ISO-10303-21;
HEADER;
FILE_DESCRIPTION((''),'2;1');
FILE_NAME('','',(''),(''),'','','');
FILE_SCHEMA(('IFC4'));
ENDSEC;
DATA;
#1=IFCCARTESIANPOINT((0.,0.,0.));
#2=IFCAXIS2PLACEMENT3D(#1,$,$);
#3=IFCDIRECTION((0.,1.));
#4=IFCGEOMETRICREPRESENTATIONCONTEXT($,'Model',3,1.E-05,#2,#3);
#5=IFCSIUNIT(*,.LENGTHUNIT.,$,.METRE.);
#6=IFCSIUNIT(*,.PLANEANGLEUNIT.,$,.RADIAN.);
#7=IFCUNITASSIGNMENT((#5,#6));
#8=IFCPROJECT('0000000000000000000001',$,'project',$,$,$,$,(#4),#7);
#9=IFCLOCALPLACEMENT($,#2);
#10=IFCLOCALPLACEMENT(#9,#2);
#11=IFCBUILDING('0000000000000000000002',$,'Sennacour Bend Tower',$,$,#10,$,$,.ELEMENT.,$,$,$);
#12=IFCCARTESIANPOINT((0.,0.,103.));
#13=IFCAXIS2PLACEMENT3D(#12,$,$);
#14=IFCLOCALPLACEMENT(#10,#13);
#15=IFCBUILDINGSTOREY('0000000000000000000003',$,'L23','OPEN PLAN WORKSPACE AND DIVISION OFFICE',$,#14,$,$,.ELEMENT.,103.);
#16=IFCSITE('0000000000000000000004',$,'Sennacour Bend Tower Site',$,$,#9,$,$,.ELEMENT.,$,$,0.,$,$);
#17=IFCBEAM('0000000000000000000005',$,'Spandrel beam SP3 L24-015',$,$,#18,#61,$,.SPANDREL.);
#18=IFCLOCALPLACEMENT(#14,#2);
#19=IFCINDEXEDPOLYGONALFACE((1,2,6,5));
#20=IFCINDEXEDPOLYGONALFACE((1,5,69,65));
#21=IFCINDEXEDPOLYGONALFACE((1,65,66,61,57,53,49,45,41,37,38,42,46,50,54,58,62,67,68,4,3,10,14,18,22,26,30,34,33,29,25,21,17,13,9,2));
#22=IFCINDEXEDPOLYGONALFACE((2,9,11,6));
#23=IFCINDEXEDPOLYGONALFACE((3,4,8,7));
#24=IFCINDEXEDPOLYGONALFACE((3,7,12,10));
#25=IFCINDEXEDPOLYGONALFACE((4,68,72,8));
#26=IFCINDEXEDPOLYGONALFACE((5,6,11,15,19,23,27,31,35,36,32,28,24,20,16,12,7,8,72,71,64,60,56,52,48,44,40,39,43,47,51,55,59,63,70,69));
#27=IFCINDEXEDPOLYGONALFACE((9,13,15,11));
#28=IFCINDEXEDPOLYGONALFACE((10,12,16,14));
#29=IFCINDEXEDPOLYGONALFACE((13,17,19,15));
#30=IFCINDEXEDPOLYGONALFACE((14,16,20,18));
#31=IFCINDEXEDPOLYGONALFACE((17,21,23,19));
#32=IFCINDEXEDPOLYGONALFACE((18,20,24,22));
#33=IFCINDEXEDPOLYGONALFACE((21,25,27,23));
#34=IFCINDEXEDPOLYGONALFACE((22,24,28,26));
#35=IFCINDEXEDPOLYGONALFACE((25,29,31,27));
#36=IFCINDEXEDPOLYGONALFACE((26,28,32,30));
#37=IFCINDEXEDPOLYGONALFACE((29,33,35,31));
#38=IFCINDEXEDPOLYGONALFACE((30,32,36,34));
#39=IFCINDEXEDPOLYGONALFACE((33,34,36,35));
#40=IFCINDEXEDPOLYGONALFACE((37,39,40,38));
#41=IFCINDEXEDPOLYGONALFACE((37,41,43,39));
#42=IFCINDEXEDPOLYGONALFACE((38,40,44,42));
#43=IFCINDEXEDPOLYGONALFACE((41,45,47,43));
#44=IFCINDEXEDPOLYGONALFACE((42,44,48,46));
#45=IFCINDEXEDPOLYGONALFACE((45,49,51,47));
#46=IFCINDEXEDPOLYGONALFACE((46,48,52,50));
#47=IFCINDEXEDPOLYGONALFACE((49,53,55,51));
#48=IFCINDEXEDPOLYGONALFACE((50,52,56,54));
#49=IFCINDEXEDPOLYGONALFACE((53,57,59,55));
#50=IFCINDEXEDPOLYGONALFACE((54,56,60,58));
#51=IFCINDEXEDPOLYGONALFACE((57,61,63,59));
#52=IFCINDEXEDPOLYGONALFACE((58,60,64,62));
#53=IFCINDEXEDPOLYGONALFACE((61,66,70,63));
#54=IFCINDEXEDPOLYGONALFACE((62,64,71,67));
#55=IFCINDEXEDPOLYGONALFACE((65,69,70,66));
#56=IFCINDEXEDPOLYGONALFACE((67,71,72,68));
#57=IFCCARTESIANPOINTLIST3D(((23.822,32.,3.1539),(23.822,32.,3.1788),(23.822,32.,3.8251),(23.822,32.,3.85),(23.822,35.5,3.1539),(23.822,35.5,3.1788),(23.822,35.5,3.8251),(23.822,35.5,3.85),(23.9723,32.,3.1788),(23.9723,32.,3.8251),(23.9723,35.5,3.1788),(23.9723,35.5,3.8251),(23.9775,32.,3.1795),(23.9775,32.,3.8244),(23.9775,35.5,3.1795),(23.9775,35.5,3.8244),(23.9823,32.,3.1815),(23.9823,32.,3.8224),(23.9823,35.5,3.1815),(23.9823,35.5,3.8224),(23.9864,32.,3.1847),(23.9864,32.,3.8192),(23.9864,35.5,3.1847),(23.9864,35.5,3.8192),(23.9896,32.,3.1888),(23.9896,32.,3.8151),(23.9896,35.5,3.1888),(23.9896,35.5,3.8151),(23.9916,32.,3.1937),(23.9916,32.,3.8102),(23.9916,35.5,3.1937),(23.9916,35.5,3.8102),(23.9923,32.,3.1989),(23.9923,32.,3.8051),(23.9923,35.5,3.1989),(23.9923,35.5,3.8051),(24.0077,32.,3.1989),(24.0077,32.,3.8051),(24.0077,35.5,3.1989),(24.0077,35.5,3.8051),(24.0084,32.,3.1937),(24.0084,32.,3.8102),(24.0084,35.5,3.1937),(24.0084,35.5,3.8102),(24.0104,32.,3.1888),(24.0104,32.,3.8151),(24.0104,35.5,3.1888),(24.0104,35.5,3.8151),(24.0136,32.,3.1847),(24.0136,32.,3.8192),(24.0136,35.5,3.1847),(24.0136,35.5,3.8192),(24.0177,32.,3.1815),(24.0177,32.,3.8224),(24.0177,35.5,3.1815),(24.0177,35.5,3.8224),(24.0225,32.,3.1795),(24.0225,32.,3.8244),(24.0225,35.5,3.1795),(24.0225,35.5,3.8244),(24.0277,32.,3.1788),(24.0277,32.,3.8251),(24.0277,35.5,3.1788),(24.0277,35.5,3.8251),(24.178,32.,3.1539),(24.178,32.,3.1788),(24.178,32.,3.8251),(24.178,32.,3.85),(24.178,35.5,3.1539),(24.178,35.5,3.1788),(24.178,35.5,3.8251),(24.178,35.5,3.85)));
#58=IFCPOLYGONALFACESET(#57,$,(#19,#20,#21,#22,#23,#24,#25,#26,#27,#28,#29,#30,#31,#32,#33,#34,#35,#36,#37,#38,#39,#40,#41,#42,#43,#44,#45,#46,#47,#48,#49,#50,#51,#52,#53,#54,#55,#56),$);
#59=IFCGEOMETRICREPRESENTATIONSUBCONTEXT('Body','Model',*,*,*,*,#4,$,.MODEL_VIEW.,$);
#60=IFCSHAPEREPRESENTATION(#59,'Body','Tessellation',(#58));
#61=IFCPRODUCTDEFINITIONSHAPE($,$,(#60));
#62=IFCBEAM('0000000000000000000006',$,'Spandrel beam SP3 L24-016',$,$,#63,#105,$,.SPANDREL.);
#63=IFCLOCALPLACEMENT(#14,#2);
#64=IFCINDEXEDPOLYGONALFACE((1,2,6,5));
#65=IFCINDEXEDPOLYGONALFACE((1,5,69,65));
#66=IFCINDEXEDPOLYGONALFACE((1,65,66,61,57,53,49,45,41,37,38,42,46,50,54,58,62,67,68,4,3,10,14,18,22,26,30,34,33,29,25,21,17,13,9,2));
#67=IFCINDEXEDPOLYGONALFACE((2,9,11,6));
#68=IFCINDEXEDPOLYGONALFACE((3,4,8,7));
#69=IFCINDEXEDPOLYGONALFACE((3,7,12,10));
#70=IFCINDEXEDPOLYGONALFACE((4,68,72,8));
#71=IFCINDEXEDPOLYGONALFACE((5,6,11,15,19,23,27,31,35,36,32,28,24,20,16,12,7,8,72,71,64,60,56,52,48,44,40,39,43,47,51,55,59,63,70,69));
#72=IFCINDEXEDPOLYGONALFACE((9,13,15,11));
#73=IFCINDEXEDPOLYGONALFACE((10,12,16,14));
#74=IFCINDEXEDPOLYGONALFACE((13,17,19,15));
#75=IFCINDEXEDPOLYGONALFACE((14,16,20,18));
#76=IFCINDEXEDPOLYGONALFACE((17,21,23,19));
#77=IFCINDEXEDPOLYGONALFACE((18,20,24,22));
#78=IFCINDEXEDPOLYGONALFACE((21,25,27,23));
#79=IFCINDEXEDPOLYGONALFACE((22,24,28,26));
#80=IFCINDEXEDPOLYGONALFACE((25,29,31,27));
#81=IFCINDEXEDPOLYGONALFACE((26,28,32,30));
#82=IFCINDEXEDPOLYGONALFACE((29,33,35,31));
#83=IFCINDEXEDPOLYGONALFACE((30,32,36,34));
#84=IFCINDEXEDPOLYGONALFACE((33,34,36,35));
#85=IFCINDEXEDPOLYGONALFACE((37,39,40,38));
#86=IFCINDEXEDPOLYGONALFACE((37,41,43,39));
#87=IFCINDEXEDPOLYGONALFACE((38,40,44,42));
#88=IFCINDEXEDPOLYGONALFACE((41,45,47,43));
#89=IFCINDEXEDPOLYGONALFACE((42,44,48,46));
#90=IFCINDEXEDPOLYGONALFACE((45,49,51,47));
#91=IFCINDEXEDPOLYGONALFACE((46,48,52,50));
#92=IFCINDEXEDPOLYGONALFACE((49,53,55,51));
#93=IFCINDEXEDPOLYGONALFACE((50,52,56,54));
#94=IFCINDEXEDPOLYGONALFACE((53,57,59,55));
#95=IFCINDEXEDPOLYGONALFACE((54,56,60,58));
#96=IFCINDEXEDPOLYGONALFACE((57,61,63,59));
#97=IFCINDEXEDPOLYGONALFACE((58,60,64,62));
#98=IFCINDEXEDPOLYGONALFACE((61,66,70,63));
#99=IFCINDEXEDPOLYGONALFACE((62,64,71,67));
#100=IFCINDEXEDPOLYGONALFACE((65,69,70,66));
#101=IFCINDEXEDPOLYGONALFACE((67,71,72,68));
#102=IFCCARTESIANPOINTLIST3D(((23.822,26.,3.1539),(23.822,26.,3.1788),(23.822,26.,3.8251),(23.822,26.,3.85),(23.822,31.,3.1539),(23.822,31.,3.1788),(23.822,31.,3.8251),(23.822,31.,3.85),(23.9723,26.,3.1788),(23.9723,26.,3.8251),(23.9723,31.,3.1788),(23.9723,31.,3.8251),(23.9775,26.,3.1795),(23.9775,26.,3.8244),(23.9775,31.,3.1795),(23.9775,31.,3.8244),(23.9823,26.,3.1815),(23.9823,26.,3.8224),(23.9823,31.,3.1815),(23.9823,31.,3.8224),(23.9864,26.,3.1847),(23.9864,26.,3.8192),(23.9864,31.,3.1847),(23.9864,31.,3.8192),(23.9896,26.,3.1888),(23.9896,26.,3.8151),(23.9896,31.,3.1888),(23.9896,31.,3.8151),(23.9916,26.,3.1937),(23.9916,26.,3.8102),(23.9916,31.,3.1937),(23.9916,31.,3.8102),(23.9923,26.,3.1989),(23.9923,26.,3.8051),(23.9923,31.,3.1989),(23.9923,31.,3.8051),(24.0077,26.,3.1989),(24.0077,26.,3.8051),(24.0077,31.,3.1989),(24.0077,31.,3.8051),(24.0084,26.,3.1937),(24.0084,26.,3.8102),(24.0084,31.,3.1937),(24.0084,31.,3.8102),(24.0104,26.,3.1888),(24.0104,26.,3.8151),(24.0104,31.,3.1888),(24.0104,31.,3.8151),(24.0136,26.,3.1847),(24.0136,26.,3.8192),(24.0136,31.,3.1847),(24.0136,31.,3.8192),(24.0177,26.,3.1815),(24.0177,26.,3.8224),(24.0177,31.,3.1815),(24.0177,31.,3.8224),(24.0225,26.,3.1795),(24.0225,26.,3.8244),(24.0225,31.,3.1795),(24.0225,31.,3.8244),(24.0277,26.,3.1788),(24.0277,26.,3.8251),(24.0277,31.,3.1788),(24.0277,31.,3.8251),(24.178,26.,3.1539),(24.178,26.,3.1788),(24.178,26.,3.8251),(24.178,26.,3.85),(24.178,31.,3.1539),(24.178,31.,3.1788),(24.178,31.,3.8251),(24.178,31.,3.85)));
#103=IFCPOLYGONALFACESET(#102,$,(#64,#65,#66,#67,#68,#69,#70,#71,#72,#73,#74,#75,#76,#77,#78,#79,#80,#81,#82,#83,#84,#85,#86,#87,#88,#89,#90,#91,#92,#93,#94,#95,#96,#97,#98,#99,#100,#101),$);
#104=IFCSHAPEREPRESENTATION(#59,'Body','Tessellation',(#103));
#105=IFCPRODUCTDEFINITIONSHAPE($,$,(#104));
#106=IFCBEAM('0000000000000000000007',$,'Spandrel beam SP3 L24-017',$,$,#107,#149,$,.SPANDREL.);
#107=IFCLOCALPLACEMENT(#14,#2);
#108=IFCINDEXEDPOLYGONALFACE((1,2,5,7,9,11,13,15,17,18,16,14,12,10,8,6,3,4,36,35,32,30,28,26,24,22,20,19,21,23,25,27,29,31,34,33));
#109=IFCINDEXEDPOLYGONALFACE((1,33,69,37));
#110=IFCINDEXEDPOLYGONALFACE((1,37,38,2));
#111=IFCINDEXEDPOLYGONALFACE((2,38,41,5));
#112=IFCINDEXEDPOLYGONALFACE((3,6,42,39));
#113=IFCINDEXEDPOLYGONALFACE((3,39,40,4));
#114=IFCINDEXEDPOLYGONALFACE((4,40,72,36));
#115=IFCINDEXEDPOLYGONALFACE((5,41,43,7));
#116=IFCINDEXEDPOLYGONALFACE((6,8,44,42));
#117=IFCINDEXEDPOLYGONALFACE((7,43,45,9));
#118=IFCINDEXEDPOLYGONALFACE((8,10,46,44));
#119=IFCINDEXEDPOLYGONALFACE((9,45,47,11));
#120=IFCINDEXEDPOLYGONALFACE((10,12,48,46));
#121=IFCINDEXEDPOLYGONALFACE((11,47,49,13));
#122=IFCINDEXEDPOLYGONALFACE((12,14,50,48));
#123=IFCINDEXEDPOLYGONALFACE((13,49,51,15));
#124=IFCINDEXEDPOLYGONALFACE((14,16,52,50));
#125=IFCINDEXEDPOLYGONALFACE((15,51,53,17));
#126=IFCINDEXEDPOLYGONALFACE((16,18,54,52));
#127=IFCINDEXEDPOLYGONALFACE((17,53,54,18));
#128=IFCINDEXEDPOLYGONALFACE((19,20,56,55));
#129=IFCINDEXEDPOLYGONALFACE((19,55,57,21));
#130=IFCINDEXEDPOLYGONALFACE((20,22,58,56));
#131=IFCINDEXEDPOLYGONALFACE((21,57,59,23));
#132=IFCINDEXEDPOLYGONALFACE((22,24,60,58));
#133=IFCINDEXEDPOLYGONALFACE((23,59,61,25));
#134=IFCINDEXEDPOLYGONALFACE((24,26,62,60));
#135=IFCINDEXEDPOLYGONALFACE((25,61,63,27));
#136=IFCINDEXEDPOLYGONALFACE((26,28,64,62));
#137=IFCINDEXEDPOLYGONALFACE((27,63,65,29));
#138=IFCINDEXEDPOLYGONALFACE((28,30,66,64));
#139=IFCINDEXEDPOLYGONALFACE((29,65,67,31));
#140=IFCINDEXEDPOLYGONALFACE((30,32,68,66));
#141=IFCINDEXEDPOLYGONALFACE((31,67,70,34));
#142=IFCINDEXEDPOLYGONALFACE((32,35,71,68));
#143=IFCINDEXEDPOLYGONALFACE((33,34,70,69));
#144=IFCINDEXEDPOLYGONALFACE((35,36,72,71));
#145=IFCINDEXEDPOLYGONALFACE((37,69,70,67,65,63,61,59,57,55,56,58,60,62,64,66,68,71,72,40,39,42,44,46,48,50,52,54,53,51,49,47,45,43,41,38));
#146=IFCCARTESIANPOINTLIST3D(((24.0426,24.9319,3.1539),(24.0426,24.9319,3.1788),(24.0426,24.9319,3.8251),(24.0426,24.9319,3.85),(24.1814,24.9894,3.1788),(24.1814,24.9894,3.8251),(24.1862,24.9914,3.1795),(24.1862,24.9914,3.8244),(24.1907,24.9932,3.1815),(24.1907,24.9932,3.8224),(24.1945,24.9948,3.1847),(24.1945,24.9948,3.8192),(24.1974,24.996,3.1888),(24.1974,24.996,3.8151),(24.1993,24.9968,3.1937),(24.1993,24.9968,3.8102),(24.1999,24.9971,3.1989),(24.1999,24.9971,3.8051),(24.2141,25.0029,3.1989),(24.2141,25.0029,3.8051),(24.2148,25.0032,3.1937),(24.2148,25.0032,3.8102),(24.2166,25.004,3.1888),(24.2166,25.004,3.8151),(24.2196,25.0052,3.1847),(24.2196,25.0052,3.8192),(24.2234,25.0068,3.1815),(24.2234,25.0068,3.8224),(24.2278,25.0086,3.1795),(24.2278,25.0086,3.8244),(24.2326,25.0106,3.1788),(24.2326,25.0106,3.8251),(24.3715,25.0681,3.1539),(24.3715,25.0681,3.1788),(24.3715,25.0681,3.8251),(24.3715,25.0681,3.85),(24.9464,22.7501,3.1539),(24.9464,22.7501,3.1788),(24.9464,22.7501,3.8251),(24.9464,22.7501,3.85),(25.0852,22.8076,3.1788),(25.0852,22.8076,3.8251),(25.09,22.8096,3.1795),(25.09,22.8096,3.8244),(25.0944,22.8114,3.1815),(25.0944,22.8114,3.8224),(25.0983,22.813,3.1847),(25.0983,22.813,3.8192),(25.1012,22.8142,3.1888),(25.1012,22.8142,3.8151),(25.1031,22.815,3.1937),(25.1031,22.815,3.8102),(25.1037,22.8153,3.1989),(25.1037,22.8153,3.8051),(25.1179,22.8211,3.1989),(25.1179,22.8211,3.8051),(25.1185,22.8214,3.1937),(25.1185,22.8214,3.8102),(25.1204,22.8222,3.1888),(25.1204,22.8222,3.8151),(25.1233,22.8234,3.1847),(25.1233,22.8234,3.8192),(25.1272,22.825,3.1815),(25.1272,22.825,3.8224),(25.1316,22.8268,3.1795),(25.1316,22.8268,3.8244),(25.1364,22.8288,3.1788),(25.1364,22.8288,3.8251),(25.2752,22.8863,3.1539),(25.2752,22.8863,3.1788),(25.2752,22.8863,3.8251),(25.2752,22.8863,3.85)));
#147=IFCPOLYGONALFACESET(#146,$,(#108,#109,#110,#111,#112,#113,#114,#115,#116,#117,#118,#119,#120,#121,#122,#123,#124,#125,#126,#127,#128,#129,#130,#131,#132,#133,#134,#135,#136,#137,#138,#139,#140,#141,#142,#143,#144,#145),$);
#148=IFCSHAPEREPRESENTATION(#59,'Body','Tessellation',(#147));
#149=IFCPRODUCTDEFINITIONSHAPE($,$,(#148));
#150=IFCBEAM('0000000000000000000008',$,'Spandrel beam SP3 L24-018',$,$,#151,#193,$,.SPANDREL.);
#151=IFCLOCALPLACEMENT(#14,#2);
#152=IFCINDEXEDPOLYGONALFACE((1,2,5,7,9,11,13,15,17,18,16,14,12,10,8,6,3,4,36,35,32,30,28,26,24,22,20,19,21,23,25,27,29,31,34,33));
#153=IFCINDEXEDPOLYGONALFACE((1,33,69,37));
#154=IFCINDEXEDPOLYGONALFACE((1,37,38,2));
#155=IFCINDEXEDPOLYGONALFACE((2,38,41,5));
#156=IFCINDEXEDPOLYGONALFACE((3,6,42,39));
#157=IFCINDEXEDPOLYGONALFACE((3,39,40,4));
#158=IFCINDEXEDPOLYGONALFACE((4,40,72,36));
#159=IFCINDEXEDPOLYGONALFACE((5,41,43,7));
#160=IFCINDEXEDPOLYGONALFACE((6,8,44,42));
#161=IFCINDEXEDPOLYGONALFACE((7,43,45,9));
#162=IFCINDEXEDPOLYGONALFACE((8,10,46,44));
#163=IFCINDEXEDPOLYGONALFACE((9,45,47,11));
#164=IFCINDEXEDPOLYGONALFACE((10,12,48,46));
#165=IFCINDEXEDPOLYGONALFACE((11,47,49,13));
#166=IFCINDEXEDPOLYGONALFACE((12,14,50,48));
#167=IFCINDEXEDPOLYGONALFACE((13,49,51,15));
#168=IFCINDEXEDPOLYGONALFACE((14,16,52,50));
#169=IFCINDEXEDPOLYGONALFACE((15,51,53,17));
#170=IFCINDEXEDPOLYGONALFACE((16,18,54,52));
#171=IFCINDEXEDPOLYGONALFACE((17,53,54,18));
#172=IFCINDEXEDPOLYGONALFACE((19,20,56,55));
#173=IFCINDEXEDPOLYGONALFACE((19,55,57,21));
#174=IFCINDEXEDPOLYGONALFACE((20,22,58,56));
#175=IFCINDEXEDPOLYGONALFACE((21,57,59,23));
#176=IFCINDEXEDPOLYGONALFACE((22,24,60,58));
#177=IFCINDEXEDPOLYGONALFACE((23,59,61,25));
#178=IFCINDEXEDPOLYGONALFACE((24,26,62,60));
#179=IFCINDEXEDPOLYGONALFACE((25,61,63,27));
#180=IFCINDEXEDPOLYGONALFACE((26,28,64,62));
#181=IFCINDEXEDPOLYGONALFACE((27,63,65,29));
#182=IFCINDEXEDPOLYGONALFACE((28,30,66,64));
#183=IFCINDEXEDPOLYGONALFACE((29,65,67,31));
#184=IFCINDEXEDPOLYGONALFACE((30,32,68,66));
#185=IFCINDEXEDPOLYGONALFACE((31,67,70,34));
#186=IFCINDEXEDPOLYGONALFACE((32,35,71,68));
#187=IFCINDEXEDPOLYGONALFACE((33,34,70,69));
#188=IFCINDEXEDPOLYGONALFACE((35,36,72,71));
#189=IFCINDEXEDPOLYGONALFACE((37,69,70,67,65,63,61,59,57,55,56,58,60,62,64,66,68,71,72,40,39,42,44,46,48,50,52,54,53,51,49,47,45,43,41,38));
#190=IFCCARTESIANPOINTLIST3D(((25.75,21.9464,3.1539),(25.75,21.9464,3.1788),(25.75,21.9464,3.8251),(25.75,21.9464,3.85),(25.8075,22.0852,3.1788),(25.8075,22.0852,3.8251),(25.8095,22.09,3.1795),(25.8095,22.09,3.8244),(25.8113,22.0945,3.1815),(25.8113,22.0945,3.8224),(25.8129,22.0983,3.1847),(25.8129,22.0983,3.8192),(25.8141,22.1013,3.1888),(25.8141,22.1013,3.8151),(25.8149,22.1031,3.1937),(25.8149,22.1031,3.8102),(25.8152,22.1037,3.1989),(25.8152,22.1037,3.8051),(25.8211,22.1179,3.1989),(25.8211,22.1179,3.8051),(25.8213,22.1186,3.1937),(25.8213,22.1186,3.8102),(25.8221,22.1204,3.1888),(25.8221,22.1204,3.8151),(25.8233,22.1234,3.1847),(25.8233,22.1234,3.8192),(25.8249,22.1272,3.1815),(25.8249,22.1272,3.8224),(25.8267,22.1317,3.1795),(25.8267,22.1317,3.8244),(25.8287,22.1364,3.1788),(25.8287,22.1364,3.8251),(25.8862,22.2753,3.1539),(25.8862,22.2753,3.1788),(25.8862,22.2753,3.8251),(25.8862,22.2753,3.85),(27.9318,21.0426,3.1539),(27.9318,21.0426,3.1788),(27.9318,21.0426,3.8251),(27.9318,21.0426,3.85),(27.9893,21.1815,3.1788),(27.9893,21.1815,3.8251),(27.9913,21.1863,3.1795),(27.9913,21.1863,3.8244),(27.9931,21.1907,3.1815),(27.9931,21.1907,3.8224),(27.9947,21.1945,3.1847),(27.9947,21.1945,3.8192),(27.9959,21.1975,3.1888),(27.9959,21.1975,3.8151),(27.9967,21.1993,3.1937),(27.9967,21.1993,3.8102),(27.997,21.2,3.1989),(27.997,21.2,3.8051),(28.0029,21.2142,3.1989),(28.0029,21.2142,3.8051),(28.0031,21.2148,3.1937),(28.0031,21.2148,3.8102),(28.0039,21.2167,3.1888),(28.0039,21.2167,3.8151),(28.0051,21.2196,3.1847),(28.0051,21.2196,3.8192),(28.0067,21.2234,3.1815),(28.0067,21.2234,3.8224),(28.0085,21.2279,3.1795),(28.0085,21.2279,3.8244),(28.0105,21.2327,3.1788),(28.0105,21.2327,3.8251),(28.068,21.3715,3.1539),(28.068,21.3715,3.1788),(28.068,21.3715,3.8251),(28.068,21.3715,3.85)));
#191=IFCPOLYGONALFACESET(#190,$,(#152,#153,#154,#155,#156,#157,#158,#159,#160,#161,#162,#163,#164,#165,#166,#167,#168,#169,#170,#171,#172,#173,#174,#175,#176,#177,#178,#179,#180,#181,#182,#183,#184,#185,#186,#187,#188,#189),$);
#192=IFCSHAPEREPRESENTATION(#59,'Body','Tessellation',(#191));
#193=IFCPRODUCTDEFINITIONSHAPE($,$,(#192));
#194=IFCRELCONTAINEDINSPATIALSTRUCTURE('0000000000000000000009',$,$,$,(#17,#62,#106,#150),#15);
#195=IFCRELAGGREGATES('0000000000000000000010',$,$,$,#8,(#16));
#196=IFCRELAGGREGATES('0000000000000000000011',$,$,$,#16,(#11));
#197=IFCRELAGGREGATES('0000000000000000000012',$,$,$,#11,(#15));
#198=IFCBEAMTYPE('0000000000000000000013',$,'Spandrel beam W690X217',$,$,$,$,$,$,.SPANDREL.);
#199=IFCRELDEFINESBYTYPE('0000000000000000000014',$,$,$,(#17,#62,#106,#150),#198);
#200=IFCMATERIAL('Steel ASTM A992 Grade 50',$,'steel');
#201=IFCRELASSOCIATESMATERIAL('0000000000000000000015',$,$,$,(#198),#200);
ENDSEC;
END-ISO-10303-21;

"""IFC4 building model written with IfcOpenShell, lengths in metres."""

from ifc_helpers import new_model, si_unit, direction, frame, origin, origin_2d, place, context, subcontext, project, spatial, i_section, extrude, material, material_profile, profile_set, type_object, element, save


model = new_model("IFC4")

# Units and contexts
model_context = context("Model", 3, precision=1e-05, world=origin(), true_north=direction((0.0, 1.0)))
body_context = subcontext(model_context, "Body", "Model", "MODEL_VIEW")
ifc_project = project(units=[si_unit("LENGTHUNIT", "METRE"), si_unit("PLANEANGLEUNIT", "RADIAN")], contexts=[model_context])

# Site, building, storey
site_placement = place(None, origin())
site = spatial("IfcSite", under=ifc_project, at=site_placement, Name="Sennacour Bend Tower Site", CompositionType="ELEMENT", RefElevation=0.0)
building_placement = place(site_placement, origin())
building = spatial("IfcBuilding", under=site, at=building_placement, Name="Sennacour Bend Tower", CompositionType="ELEMENT")
storey_placement = place(building_placement, frame((0.0, 0.0, 103.0)))
storey = spatial("IfcBuildingStorey", under=building, at=storey_placement, Name="L23", Description="OPEN PLAN WORKSPACE AND DIVISION OFFICE", CompositionType="ELEMENT", Elevation=103.0)

# Beams
ifc_material_1 = material(Name="Steel ASTM A992 Grade 50", Category="steel")
ifc_material_profile_1 = material_profile(ifc_material_1, i_section(OverallWidth=0.356, OverallDepth=0.696, WebThickness=0.0154, FlangeThickness=0.0249, FilletRadius=0.02, at=origin_2d()), Name="Steel ASTM A992 Grade 50", Category="steel")
ifc_profile_set_1 = profile_set([ifc_material_profile_1], Name="Steel ASTM A992 Grade 50")
beam_type_1 = type_object("IfcBeamType", Name="Spandrel beam W690X217", PredefinedType="SPANDREL", material=ifc_profile_set_1)
beam_1_placement = place(storey_placement, frame((24.0, 35.5, 3.502), z_axis=(0.0, -1.0, 0.0), x_axis=(1.0, 0.0, 0.0)))
element("IfcBeam", 1, at=beam_1_placement, inside=storey, type_object=beam_type_1, Name="Spandrel beam SP3 L24-015", PredefinedType="SPANDREL", context=body_context, shape_type="SweptSolid", body=[
    extrude(i_section(OverallWidth=0.356, OverallDepth=0.696, WebThickness=0.0154, FlangeThickness=0.0249, FilletRadius=0.02, at=origin_2d()), origin(), (0.0, 0.0, 1.0), 3.5),
])
beam_2_placement = place(storey_placement, frame((24.0, 31.0, 3.502), z_axis=(0.0, -1.0, 0.0), x_axis=(1.0, 0.0, 0.0)))
element("IfcBeam", 2, at=beam_2_placement, inside=storey, type_object=beam_type_1, Name="Spandrel beam SP3 L24-016", PredefinedType="SPANDREL", context=body_context, shape_type="SweptSolid", body=[
    extrude(i_section(OverallWidth=0.356, OverallDepth=0.696, WebThickness=0.0154, FlangeThickness=0.0249, FilletRadius=0.02, at=origin_2d()), origin(), (0.0, 0.0, 1.0), 5.0),
])
for number, where, z_axis, x_axis, name in (
    (3, (24.207, 25.0, 3.502), (0.382699, -0.923873, 0.0), (0.923873, 0.382699, 0.0), "Spandrel beam SP3 L24-017"),
    (4, (25.8181, 22.1108, 3.502), (0.923873, -0.382699, 0.0), (0.382699, 0.923873, 0.0), "Spandrel beam SP3 L24-018"),
):
    element("IfcBeam", number, at=place(storey_placement, frame(where, z_axis=z_axis, x_axis=x_axis)), inside=storey, type_object=beam_type_1, Name=name, PredefinedType="SPANDREL", context=body_context, shape_type="SweptSolid", body=[
        extrude(i_section(OverallWidth=0.356, OverallDepth=0.696, WebThickness=0.0154, FlangeThickness=0.0249, FilletRadius=0.02, at=origin_2d()), origin(), (0.0, 0.0, 1.0), 2.3616),
    ])

save(model, "model.ifc")
